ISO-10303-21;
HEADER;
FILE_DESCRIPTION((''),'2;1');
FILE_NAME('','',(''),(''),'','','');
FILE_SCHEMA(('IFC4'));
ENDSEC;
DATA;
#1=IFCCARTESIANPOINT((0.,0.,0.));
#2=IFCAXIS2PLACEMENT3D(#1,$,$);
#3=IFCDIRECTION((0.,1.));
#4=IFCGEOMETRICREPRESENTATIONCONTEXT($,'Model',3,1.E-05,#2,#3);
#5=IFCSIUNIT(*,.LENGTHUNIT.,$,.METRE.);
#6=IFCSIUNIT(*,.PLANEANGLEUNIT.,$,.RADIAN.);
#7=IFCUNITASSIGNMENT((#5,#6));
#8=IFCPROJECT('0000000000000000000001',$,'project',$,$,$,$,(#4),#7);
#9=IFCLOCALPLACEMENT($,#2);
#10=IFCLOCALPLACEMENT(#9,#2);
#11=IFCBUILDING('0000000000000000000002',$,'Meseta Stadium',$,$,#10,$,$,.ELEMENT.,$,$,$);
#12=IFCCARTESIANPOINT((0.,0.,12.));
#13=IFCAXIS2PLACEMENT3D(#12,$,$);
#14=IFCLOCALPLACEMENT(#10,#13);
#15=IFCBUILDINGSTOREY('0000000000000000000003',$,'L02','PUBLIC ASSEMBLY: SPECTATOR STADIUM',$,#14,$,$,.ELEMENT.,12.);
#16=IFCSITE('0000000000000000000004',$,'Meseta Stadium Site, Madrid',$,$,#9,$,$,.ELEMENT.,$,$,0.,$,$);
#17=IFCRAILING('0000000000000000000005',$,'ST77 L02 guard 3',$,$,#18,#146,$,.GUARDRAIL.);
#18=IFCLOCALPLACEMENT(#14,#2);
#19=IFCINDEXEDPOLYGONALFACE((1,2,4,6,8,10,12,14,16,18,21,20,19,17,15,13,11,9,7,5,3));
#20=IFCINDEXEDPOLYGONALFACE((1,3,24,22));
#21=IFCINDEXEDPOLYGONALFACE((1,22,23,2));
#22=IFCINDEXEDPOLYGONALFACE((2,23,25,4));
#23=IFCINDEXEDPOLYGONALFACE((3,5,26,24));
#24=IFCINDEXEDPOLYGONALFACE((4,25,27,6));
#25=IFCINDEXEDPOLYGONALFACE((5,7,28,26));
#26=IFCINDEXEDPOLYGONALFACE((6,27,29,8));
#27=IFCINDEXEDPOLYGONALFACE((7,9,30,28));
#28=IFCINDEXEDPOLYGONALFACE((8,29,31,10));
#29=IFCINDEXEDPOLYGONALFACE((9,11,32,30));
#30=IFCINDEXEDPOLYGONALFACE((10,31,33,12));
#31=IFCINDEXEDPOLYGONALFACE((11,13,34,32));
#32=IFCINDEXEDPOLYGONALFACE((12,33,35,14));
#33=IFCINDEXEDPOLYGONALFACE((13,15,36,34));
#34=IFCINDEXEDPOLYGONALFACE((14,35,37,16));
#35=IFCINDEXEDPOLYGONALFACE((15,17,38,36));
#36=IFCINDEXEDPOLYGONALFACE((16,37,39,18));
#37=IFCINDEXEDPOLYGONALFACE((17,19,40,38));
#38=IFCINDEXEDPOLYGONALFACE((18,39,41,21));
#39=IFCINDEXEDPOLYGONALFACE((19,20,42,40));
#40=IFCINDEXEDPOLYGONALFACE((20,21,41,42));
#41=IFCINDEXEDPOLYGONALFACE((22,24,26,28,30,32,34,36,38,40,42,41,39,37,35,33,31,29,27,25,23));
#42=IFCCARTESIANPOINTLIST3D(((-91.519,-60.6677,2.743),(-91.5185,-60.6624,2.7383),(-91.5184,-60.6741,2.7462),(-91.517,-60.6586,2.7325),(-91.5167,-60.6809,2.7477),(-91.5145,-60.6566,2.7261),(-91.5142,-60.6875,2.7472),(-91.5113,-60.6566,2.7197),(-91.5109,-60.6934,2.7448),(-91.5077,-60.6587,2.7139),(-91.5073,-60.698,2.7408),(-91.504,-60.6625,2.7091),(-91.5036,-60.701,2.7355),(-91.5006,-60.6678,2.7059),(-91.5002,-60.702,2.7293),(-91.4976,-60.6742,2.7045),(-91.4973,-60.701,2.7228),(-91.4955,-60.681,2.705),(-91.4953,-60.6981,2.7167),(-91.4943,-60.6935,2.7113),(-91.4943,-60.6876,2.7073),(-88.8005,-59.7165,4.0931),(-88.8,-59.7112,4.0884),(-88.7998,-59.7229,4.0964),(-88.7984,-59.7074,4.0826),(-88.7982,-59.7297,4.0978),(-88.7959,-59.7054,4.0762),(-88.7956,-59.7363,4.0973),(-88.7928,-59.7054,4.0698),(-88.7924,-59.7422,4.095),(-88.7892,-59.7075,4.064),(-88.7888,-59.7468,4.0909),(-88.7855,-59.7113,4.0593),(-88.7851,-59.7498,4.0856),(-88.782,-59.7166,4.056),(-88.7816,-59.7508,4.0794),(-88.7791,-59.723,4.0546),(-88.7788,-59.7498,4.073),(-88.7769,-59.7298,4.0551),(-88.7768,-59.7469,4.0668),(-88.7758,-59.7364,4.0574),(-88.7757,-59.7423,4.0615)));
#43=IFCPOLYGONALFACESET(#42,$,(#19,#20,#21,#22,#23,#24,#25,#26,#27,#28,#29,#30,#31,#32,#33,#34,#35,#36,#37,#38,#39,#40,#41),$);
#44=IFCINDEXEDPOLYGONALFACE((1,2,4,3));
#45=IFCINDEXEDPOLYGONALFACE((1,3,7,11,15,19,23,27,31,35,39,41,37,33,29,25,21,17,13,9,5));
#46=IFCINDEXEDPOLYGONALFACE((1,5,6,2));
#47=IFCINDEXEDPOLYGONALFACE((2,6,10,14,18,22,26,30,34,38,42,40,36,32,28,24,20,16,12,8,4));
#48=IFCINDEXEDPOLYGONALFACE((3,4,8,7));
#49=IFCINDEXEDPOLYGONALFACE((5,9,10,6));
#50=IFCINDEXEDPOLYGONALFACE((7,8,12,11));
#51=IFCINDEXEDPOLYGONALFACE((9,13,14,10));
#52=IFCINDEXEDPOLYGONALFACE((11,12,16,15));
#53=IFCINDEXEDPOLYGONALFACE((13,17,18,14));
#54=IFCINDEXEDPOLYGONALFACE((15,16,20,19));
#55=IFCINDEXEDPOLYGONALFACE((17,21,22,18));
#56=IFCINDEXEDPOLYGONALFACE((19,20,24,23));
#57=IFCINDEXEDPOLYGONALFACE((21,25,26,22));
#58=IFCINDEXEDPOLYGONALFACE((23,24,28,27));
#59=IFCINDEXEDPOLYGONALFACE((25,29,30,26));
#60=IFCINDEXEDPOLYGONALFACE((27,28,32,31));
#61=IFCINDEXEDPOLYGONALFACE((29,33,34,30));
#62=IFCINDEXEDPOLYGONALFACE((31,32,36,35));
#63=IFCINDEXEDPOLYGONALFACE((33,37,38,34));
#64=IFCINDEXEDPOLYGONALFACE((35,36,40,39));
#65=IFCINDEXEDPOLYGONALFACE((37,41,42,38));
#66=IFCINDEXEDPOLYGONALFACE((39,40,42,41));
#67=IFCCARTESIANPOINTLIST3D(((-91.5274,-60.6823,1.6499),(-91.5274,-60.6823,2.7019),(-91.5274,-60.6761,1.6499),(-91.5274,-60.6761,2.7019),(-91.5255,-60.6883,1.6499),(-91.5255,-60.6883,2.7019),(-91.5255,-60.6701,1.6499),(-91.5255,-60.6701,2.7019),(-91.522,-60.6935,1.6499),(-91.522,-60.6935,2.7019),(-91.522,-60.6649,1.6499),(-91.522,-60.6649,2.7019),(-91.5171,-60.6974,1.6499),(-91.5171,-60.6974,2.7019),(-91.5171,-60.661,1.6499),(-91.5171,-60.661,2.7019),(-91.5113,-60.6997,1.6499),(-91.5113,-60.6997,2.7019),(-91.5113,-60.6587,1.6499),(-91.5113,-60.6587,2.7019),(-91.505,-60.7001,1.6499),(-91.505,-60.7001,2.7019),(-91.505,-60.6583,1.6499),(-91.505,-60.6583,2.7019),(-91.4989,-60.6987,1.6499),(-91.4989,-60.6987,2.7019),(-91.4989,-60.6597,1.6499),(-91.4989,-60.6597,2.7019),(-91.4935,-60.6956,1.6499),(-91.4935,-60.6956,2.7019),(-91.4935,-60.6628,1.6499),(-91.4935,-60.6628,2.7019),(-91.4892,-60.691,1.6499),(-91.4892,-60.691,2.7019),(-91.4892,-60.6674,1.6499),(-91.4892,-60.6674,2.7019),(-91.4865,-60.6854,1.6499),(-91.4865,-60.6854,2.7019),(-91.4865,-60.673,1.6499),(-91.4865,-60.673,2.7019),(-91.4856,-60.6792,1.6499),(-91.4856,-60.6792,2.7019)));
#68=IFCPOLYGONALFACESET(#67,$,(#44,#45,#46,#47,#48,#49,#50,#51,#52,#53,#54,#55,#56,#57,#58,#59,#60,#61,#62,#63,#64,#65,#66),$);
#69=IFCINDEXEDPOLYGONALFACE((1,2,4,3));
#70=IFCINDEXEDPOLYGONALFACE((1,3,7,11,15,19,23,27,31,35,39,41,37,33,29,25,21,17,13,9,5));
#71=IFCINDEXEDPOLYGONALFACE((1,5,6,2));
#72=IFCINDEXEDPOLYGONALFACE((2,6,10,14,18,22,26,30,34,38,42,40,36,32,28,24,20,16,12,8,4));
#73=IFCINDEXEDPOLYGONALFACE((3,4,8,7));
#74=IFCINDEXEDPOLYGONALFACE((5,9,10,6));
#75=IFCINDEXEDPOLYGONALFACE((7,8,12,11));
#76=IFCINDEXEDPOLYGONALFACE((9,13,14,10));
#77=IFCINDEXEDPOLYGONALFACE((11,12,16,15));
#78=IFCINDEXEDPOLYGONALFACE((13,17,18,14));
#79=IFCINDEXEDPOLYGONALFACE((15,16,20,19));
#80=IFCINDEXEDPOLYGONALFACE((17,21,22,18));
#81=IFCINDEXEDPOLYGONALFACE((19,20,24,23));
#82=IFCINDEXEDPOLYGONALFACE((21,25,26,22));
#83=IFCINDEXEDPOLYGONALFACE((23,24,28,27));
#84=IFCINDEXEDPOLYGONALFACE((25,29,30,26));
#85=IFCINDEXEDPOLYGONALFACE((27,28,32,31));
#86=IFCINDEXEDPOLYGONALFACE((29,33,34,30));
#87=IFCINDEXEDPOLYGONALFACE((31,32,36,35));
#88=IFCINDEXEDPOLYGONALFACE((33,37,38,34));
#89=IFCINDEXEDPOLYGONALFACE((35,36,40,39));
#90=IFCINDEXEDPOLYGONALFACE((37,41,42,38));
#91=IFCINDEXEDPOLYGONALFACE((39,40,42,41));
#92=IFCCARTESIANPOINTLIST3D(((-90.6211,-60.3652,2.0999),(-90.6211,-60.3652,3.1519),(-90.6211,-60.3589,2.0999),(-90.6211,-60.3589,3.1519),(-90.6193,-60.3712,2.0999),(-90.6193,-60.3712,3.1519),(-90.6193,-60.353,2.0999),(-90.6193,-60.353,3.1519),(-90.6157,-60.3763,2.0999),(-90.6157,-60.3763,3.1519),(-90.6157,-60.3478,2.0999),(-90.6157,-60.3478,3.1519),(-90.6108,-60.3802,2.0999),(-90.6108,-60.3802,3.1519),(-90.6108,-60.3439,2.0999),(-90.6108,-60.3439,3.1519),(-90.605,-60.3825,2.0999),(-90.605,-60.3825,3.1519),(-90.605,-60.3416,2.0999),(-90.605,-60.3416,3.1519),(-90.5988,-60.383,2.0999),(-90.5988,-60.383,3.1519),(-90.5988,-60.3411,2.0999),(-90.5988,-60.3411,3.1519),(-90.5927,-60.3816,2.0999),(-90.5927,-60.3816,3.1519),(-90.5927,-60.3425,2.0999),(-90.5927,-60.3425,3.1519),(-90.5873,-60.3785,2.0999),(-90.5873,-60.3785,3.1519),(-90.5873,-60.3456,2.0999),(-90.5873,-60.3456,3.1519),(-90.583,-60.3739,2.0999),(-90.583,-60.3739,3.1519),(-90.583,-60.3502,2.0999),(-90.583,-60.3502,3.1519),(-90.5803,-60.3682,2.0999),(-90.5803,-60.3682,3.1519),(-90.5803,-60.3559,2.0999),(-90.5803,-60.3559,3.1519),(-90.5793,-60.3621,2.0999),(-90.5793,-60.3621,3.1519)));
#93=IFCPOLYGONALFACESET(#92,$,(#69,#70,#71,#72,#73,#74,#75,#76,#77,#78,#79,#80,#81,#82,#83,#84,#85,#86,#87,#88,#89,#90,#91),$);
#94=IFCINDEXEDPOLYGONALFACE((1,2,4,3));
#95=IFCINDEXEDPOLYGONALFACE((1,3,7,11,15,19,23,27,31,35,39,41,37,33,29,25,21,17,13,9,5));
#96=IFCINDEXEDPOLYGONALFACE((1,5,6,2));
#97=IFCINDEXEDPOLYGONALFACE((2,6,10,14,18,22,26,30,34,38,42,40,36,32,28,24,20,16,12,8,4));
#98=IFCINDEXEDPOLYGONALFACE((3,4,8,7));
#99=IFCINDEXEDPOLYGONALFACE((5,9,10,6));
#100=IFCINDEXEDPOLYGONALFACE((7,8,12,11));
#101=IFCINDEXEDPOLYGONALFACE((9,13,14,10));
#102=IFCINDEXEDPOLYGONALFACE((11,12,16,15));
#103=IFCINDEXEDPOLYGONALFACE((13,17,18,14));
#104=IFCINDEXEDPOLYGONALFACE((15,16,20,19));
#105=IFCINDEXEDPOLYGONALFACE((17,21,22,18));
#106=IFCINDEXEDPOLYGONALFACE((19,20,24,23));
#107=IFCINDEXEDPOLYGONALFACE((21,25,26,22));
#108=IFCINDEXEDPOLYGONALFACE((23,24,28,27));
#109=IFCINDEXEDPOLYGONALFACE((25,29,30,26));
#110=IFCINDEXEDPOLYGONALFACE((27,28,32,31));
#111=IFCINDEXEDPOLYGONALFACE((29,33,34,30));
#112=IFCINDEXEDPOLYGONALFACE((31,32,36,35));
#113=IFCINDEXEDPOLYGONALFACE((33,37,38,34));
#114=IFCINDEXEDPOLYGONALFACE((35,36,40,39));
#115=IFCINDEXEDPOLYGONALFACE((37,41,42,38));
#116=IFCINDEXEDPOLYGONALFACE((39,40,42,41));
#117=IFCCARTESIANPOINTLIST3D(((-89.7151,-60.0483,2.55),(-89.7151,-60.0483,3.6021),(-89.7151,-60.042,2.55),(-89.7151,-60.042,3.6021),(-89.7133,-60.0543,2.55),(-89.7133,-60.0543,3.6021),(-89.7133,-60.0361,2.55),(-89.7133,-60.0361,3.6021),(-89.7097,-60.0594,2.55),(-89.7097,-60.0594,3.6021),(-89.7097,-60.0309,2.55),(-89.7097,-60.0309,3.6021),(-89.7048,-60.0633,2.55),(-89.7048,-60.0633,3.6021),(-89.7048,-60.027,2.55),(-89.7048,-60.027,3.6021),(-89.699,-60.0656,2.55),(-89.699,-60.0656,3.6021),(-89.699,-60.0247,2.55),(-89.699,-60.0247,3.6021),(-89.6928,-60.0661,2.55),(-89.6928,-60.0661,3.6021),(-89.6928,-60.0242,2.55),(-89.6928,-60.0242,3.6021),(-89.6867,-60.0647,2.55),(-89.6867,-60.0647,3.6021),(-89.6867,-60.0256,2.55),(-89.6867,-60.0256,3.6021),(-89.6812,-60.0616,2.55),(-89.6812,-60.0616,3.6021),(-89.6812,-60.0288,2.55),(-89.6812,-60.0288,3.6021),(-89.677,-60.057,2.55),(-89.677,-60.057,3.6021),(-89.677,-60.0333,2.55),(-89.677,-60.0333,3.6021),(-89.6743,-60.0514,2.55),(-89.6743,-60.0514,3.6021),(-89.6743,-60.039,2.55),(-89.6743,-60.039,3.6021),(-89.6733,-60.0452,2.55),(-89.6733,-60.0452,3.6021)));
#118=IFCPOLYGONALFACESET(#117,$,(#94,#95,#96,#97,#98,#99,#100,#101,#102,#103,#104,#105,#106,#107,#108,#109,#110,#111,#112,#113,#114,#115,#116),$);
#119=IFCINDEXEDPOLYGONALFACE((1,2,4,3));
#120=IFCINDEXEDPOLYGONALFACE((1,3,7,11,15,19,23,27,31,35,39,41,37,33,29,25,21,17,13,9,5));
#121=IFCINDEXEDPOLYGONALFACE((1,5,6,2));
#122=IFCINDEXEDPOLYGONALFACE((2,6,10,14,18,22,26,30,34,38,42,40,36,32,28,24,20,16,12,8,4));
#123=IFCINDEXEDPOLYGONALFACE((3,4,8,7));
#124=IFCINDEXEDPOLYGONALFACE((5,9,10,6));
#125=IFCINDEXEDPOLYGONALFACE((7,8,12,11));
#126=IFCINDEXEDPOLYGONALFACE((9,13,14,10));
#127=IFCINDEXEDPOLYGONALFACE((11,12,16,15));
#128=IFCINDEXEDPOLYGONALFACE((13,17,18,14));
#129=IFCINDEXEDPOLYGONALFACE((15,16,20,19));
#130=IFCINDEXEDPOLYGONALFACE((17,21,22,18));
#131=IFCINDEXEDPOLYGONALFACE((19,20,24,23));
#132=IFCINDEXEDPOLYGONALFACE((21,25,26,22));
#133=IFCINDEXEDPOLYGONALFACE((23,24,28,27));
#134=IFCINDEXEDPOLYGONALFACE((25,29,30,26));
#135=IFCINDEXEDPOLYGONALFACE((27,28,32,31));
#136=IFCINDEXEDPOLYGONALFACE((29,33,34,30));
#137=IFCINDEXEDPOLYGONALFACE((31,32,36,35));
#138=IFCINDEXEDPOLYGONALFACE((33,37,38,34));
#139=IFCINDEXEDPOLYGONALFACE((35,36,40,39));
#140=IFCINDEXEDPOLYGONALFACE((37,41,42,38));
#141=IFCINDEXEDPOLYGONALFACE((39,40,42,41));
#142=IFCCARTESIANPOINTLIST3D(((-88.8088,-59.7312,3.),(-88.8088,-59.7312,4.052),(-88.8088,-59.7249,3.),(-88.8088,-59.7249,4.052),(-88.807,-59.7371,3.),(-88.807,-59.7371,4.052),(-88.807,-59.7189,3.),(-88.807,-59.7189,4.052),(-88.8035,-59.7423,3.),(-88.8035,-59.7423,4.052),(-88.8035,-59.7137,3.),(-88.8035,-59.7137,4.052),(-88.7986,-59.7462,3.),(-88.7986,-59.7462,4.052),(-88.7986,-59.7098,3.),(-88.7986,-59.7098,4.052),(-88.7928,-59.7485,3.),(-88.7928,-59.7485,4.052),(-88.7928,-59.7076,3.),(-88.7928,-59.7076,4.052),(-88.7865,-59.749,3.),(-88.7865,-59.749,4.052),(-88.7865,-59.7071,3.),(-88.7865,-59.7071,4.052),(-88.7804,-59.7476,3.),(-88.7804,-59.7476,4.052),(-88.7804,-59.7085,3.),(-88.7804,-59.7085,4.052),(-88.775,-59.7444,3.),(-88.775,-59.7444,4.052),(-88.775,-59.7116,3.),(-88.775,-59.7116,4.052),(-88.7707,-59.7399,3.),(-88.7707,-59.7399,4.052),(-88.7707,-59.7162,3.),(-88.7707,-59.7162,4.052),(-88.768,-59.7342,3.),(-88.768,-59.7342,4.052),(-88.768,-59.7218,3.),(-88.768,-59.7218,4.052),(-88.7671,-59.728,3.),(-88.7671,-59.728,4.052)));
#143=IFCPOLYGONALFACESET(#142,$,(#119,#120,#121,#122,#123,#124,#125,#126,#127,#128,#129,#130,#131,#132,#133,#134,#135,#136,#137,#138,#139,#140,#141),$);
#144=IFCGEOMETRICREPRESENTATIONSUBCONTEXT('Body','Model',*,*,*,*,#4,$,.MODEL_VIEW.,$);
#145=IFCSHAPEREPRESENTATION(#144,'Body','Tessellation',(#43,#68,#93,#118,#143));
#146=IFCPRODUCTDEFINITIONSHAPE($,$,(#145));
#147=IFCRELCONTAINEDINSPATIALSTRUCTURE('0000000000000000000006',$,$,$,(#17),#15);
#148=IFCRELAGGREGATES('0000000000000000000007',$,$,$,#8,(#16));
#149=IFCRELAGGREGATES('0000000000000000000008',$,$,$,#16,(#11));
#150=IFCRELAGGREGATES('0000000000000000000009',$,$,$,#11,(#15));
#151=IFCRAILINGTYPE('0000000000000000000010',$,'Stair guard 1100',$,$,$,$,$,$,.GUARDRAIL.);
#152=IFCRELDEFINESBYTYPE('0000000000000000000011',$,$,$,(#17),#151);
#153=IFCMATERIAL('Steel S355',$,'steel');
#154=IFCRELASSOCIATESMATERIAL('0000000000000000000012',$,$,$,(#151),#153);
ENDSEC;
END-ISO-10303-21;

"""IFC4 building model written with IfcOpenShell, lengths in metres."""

from ifc_helpers import new_model, si_unit, direction, frame, origin, origin_2d, place, context, subcontext, project, spatial, circle, extrude, material, type_object, element, save


model = new_model("IFC4")

# Units and contexts
model_context = context("Model", 3, precision=1e-05, world=origin(), true_north=direction((0.0, 1.0)))
body_context = subcontext(model_context, "Body", "Model", "MODEL_VIEW")
ifc_project = project(units=[si_unit("LENGTHUNIT", "METRE"), si_unit("PLANEANGLEUNIT", "RADIAN")], contexts=[model_context])

# Site, building, storey
site_placement = place(None, origin())
site = spatial("IfcSite", under=ifc_project, at=site_placement, Name="Meseta Stadium Site, Madrid", CompositionType="ELEMENT", RefElevation=0.0)
building_placement = place(site_placement, origin())
building = spatial("IfcBuilding", under=site, at=building_placement, Name="Meseta Stadium", CompositionType="ELEMENT")
storey_placement = place(building_placement, frame((0.0, 0.0, 12.0)))
storey = spatial("IfcBuildingStorey", under=building, at=storey_placement, Name="L02", Description="PUBLIC ASSEMBLY: SPECTATOR STADIUM", CompositionType="ELEMENT", Elevation=12.0)

# Railing
ifc_material_1 = material(Name="Steel S355", Category="steel")
railing_type_1 = type_object("IfcRailingType", Name="Stair guard 1100", PredefinedType="GUARDRAIL", material=ifc_material_1)
railing_1_placement = place(storey_placement, frame((-91.5066, -60.6792, 1.6499)))
element("IfcRailing", 1, at=railing_1_placement, inside=storey, type_object=railing_type_1, Name="ST77 L02 guard 3", PredefinedType="GUARDRAIL", context=body_context, shape_type="SweptSolid", body=[
    extrude(circle(Radius=0.0239, at=origin_2d()), frame((0.0, 0.0, 1.0762), z_axis=(0.854649, 0.299031, 0.424446), x_axis=(-0.330256, 0.943891, 0.0)), (0.0, 0.0, 1.0), 3.1809),
    extrude(circle(Radius=0.021, at=origin_2d()), origin(), (0.0, 0.0, 1.0), 1.052),
    extrude(circle(Radius=0.021, at=origin_2d()), frame((0.9062, 0.3171, 0.45)), (0.0, 0.0, 1.0), 1.052),
    extrude(circle(Radius=0.021, at=origin_2d()), frame((1.8123, 0.634, 0.9001)), (0.0, 0.0, 1.0), 1.052),
    extrude(circle(Radius=0.021, at=origin_2d()), frame((2.7185, 0.9512, 1.3501)), (0.0, 0.0, 1.0), 1.052),
])

save(model, "model.ifc")
